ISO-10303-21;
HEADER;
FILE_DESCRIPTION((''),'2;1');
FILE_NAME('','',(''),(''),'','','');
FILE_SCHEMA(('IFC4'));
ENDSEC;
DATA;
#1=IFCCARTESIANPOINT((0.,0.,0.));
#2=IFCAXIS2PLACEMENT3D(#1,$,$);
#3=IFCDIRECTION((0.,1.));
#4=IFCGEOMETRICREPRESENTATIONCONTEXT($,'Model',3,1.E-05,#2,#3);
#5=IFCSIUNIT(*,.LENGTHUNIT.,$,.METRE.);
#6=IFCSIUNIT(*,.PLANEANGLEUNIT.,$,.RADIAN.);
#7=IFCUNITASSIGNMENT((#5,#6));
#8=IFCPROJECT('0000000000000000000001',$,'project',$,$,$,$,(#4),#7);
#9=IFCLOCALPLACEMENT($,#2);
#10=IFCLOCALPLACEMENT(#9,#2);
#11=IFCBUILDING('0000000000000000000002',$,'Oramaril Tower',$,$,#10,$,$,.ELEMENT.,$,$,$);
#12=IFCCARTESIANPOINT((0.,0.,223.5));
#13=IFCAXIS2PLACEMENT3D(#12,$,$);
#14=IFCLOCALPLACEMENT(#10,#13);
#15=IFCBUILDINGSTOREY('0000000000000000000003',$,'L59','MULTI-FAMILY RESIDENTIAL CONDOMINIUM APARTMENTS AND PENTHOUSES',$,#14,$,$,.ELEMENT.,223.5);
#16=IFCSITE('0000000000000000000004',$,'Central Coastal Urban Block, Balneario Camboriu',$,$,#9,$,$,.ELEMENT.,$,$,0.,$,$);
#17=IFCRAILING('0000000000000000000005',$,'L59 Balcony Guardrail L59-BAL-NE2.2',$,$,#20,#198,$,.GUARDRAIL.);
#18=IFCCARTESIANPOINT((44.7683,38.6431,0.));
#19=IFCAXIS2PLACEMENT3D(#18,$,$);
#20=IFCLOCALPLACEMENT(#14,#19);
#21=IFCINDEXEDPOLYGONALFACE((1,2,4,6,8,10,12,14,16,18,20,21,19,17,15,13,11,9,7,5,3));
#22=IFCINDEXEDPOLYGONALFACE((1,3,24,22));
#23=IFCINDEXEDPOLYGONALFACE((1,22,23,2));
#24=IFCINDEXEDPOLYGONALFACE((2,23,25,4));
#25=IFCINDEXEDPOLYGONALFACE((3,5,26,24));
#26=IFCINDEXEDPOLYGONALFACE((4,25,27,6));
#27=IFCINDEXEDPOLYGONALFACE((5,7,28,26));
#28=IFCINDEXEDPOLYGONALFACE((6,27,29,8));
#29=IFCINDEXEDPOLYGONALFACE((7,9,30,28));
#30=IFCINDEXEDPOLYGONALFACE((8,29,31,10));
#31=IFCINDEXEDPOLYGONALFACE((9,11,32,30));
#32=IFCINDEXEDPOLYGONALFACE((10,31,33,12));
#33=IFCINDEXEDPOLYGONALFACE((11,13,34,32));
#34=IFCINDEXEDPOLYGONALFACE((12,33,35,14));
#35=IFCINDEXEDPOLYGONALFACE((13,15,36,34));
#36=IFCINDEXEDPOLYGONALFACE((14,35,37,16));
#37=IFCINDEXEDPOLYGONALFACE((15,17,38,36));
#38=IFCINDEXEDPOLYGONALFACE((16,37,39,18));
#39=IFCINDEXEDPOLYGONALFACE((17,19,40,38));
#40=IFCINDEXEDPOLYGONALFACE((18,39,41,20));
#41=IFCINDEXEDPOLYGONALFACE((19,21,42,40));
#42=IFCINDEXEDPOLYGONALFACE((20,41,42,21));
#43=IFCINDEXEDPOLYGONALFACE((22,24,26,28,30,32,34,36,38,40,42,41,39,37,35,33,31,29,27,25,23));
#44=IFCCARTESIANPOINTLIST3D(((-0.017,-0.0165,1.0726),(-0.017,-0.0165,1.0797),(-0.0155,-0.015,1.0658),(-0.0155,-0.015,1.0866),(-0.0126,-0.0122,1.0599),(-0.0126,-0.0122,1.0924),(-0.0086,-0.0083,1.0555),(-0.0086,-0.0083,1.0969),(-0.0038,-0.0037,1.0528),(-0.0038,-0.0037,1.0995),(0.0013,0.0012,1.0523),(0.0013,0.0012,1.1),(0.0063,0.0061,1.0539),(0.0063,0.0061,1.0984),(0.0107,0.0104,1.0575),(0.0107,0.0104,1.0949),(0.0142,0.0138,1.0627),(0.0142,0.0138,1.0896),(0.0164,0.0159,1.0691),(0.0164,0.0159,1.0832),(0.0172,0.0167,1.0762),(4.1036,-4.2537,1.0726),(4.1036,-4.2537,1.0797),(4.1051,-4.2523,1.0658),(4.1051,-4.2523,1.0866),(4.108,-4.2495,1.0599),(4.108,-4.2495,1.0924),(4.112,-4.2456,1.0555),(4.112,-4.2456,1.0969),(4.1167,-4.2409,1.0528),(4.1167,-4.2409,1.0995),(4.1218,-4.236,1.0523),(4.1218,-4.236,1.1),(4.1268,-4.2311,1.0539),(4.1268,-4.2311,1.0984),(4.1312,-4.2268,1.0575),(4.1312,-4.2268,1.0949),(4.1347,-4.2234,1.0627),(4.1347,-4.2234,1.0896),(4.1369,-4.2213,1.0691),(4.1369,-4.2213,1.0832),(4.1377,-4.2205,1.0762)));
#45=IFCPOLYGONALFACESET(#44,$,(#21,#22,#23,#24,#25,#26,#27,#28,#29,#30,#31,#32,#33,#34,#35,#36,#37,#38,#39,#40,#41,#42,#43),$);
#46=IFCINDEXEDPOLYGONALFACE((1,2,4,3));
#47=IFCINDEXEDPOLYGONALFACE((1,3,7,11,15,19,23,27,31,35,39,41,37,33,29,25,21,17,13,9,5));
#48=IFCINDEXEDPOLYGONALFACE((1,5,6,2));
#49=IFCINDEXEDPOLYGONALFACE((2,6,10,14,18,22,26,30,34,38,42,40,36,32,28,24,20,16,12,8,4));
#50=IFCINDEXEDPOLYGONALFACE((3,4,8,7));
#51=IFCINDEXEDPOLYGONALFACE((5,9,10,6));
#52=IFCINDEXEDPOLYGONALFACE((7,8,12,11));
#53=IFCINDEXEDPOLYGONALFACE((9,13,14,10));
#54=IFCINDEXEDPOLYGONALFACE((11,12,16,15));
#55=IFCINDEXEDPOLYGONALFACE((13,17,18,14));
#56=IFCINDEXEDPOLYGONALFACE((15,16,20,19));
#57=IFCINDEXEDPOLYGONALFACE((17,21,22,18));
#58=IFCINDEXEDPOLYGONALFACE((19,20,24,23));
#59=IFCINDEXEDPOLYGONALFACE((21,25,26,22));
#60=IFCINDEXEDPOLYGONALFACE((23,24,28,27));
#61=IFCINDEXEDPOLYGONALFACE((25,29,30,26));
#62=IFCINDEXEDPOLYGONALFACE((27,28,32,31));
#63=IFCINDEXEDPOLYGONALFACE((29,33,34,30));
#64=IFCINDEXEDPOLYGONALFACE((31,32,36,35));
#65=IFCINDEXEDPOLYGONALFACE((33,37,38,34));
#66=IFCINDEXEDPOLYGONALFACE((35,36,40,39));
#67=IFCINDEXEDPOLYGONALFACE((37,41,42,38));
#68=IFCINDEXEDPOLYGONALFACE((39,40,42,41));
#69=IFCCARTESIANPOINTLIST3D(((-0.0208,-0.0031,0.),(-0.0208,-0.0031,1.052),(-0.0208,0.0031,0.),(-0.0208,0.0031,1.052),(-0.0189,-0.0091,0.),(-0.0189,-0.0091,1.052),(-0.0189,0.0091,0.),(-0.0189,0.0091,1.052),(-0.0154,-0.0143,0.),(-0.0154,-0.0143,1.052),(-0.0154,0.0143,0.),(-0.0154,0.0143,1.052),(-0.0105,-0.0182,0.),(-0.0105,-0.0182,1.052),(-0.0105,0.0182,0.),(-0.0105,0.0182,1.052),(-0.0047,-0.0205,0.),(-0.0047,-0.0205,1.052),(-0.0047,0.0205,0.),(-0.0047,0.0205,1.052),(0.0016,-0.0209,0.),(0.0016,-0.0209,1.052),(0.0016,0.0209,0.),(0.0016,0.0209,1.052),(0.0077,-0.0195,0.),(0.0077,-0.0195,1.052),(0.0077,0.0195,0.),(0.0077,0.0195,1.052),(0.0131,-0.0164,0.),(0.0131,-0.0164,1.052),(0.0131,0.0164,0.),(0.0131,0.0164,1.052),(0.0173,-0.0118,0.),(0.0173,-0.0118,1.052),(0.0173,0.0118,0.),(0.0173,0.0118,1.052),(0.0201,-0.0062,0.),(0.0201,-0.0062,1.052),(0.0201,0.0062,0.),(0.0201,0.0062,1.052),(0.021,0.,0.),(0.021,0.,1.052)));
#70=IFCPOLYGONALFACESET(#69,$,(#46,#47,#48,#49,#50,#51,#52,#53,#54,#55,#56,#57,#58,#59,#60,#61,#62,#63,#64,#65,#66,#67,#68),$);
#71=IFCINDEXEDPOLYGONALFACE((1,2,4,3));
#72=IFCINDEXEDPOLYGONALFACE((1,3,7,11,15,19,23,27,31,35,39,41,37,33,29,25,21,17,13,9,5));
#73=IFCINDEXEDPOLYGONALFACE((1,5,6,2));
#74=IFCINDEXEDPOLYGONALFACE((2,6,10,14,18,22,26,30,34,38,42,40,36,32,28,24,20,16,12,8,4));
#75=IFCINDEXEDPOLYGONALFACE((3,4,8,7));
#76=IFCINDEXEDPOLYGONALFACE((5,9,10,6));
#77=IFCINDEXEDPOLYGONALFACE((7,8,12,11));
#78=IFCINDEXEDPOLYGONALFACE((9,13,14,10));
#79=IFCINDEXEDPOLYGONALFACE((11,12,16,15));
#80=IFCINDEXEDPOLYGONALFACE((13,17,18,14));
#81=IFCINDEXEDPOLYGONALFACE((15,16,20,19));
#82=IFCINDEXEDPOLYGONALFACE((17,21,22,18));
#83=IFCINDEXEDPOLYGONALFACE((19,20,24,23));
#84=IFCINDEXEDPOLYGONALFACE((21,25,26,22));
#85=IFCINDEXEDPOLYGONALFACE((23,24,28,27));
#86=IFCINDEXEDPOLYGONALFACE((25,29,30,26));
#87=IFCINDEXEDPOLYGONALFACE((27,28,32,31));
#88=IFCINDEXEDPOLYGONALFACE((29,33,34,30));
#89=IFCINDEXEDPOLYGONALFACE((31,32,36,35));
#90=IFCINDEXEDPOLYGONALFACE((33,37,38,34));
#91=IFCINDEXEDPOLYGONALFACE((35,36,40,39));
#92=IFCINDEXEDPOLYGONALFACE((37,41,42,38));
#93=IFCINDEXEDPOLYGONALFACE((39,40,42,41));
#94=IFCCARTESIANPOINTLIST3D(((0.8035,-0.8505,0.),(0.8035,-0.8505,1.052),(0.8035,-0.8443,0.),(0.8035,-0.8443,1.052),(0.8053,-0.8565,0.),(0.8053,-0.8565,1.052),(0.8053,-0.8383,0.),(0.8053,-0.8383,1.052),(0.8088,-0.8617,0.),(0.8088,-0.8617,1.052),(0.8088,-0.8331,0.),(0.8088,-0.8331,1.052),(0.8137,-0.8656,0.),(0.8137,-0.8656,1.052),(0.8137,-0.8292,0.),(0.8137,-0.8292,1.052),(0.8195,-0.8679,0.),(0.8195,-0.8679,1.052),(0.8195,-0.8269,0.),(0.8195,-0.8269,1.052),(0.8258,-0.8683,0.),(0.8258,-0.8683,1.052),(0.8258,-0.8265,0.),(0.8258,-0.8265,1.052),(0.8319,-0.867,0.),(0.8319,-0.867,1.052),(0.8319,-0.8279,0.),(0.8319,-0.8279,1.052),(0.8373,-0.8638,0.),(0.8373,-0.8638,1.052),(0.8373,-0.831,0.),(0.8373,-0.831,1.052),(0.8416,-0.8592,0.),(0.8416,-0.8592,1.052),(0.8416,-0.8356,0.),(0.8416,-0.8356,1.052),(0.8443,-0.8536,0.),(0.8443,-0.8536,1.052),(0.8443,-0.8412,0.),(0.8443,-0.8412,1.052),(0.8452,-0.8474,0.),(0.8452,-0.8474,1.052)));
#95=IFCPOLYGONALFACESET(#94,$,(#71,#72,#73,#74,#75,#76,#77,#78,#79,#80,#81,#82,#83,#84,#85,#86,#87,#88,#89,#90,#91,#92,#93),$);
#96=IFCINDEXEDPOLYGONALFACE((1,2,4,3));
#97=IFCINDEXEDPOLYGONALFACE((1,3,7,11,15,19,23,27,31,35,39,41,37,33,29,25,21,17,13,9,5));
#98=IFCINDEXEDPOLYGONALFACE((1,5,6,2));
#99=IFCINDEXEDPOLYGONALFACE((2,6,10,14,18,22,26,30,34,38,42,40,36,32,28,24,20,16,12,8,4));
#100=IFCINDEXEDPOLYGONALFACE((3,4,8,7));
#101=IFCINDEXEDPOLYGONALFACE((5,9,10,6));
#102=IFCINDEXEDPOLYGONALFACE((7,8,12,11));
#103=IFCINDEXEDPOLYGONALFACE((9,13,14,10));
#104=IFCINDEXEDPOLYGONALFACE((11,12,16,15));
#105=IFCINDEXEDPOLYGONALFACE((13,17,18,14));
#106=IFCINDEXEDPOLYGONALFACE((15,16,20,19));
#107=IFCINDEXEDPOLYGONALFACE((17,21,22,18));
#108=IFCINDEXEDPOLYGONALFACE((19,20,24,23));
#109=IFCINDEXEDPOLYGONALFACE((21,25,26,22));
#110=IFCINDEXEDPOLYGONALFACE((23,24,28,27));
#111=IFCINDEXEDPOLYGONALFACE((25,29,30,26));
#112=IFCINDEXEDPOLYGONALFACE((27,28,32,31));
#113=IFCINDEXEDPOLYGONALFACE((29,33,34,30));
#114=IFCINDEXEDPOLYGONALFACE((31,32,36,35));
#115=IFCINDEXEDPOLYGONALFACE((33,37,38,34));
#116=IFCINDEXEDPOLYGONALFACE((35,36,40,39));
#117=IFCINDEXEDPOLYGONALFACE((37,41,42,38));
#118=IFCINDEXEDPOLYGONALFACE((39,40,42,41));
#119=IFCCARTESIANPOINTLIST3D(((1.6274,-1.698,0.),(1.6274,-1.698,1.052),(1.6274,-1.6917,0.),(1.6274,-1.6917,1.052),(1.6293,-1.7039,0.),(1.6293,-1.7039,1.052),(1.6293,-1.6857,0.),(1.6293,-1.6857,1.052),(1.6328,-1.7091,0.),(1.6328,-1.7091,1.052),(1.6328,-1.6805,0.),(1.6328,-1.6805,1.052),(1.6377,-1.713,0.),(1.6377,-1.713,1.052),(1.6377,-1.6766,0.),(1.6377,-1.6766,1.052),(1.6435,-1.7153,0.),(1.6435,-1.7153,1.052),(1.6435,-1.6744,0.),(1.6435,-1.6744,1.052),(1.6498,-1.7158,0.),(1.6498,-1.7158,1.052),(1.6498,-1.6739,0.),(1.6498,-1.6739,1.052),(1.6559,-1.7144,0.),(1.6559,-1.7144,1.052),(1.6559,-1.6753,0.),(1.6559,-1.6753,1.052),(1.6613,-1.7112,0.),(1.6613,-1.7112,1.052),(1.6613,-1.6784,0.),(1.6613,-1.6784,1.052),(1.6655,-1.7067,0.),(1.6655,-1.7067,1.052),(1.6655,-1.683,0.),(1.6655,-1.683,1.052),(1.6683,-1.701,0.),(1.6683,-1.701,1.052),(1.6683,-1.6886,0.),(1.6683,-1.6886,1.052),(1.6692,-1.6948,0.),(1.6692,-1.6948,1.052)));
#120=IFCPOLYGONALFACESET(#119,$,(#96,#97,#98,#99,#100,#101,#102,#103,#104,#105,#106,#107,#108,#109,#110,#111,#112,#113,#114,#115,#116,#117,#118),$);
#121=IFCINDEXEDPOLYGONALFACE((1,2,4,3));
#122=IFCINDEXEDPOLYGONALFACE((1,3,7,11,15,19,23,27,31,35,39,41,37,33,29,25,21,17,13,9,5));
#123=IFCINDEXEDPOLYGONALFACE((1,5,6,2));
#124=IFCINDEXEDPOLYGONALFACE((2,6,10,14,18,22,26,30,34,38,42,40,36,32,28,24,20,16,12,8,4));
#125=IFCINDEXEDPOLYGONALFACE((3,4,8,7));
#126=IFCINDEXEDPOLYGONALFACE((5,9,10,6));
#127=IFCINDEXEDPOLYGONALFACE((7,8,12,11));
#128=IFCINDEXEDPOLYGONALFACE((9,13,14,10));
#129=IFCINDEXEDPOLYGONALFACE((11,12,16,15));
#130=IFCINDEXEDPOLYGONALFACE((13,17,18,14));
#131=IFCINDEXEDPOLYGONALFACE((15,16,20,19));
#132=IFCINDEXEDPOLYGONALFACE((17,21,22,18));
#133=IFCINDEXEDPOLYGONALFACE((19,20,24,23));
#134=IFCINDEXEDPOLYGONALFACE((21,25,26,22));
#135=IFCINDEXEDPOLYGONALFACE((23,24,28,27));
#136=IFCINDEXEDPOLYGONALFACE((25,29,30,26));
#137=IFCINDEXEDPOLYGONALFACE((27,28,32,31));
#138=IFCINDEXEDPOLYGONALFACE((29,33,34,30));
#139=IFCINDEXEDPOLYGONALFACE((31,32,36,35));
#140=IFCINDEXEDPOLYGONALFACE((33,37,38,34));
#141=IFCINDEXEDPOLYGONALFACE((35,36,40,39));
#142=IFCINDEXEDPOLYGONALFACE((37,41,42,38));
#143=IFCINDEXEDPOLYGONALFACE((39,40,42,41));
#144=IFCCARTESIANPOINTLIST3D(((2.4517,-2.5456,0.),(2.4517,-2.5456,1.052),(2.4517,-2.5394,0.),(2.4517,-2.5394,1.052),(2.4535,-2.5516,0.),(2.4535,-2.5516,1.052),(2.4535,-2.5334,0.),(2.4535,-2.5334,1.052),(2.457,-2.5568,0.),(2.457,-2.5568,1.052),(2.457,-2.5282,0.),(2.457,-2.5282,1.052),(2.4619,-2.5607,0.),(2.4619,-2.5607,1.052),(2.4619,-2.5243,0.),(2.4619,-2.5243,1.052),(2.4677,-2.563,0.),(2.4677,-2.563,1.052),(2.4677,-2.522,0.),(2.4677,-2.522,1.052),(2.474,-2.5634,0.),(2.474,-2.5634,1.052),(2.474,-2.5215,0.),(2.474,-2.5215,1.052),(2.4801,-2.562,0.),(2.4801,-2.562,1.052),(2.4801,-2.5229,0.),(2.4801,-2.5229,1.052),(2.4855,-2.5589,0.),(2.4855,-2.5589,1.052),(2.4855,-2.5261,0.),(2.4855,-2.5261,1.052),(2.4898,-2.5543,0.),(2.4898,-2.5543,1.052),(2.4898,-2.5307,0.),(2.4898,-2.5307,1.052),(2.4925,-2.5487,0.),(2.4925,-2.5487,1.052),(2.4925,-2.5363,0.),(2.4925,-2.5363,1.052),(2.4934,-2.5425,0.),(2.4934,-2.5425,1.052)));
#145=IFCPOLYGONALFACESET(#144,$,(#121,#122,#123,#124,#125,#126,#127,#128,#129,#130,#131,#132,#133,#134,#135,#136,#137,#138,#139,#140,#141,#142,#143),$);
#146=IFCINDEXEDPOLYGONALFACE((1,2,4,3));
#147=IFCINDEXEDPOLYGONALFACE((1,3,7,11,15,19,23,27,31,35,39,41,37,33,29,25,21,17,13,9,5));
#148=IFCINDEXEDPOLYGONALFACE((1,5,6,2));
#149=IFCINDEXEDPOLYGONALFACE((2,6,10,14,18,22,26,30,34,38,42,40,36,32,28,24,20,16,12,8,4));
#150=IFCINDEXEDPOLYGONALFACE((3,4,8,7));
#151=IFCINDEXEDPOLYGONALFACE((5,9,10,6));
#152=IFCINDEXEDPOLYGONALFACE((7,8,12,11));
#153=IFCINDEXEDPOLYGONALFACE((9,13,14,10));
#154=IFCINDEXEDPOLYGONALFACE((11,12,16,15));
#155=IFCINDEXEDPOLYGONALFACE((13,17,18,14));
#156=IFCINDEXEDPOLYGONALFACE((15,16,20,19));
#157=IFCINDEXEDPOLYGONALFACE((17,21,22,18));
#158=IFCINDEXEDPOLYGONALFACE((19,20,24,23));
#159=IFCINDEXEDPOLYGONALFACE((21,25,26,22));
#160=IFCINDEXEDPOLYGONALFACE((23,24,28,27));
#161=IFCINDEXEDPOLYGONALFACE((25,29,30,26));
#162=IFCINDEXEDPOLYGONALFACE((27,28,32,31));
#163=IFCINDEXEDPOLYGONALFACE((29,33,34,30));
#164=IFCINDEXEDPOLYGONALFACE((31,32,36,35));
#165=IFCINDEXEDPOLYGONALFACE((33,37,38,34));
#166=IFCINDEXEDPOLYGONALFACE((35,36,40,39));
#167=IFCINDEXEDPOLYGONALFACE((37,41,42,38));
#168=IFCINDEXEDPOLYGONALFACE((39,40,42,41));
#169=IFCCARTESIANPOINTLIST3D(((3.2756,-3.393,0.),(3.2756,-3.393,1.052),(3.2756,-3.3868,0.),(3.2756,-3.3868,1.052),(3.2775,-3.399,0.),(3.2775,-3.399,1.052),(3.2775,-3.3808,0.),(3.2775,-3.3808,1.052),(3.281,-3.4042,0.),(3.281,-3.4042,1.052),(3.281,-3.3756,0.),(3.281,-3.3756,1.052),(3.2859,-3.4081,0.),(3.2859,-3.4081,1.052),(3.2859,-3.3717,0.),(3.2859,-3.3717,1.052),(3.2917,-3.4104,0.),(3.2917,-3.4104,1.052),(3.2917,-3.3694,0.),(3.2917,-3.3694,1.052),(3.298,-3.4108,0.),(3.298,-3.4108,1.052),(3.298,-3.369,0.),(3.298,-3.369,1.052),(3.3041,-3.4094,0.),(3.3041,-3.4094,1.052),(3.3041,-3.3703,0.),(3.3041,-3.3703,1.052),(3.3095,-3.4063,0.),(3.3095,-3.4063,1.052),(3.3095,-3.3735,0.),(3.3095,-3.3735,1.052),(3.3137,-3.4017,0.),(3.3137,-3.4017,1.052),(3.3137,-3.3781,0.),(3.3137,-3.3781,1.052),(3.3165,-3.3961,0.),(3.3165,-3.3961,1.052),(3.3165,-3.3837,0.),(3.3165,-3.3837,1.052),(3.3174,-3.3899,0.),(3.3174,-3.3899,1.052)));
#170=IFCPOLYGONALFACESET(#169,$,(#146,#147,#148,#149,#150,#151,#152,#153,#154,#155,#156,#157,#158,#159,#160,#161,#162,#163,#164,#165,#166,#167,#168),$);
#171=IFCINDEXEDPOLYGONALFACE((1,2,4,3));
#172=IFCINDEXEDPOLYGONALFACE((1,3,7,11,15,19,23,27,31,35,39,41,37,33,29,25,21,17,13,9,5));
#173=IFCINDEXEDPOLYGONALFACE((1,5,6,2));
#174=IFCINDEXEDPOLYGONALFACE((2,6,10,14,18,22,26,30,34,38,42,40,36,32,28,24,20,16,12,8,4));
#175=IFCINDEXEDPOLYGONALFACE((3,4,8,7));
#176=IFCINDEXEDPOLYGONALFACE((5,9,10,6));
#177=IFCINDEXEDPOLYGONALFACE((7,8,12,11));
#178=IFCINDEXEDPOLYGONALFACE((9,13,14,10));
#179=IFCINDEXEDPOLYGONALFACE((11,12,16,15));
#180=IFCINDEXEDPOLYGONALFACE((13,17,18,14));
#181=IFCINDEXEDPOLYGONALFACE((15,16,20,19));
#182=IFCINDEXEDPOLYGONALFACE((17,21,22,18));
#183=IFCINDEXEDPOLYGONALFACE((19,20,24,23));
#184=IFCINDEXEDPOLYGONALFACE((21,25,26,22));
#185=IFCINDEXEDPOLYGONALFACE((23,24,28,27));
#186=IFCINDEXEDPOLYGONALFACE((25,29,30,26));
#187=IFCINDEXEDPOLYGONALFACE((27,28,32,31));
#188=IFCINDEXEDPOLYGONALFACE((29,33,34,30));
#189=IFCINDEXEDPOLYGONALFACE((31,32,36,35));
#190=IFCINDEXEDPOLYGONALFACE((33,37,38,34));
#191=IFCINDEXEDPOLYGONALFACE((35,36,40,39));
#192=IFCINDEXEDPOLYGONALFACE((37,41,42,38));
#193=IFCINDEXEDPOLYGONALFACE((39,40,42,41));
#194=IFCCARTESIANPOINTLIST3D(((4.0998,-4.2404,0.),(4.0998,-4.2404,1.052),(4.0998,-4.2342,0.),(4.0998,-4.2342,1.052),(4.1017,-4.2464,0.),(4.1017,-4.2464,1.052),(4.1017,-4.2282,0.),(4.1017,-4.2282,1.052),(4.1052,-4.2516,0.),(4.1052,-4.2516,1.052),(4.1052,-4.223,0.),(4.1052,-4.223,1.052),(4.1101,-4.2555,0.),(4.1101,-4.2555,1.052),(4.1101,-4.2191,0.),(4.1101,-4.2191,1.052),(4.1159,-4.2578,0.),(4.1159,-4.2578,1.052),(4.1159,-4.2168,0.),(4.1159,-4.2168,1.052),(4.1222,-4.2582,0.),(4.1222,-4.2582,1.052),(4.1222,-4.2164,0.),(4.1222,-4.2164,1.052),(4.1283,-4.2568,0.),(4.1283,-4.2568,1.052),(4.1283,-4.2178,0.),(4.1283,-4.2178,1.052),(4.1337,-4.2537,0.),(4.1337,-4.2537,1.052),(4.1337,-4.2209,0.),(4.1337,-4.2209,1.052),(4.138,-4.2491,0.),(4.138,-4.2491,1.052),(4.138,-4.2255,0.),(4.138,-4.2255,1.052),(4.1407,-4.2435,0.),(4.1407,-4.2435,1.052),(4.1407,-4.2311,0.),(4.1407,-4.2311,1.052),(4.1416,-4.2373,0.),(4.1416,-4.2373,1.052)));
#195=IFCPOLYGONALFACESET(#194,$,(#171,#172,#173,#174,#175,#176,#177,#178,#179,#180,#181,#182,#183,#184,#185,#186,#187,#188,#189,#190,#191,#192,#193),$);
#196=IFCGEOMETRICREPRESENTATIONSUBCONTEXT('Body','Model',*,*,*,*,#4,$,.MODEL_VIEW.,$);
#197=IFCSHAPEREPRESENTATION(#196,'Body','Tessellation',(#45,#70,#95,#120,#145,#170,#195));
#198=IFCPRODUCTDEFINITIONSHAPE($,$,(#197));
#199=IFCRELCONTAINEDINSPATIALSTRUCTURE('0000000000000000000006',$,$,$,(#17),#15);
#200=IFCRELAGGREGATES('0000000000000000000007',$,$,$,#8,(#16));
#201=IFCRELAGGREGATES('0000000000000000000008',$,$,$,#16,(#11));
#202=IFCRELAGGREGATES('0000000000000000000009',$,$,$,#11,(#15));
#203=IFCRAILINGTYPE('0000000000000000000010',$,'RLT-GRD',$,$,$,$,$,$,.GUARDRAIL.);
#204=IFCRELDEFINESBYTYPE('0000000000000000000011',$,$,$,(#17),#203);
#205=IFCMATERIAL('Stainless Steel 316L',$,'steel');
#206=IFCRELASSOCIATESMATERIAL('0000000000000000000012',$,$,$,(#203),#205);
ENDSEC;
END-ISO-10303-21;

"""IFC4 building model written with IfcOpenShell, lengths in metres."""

from ifc_helpers import new_model, si_unit, direction, frame, origin, origin_2d, place, context, subcontext, project, spatial, circle, extrude, material, type_object, element, save


model = new_model("IFC4")

# Units and contexts
model_context = context("Model", 3, precision=1e-05, world=origin(), true_north=direction((0.0, 1.0)))
body_context = subcontext(model_context, "Body", "Model", "MODEL_VIEW")
ifc_project = project(units=[si_unit("LENGTHUNIT", "METRE"), si_unit("PLANEANGLEUNIT", "RADIAN")], contexts=[model_context])

# Site, building, storey
site_placement = place(None, origin())
site = spatial("IfcSite", under=ifc_project, at=site_placement, Name="Central Coastal Urban Block, Balneario Camboriu", CompositionType="ELEMENT", RefElevation=0.0)
building_placement = place(site_placement, origin())
building = spatial("IfcBuilding", under=site, at=building_placement, Name="Oramaril Tower", CompositionType="ELEMENT")
storey_placement = place(building_placement, frame((0.0, 0.0, 223.5)))
storey = spatial("IfcBuildingStorey", under=building, at=storey_placement, Name="L59", Description="MULTI-FAMILY RESIDENTIAL CONDOMINIUM APARTMENTS AND PENTHOUSES", CompositionType="ELEMENT", Elevation=223.5)

# Railing
ifc_material_1 = material(Name="Stainless Steel 316L", Category="steel")
railing_type = type_object("IfcRailingType", Name="RLT-GRD", PredefinedType="GUARDRAIL", material=ifc_material_1)
railing_1_placement = place(storey_placement, frame((44.7683, 38.6431, 0.0)))
element("IfcRailing", 1, at=railing_1_placement, inside=storey, type_object=railing_type, Name="L59 Balcony Guardrail L59-BAL-NE2.2", PredefinedType="GUARDRAIL", context=body_context, shape_type="SweptSolid", body=[
    extrude(circle(Radius=0.0239, at=origin_2d()), frame((0.0, 0.0, 1.0762), z_axis=(0.697166, -0.71691, 0.0), x_axis=(0.71691, 0.697166, 0.0)), (0.0, 0.0, 1.0), 5.9104),
    extrude(circle(Radius=0.021, at=origin_2d()), origin(), (0.0, 0.0, 1.0), 1.052),
    extrude(circle(Radius=0.021, at=origin_2d()), frame((0.8242, -0.8474, 0.0)), (0.0, 0.0, 1.0), 1.052),
    extrude(circle(Radius=0.021, at=origin_2d()), frame((1.6482, -1.6948, 0.0)), (0.0, 0.0, 1.0), 1.052),
    extrude(circle(Radius=0.021, at=origin_2d()), frame((2.4724, -2.5425, 0.0)), (0.0, 0.0, 1.0), 1.052),
    extrude(circle(Radius=0.021, at=origin_2d()), frame((3.2964, -3.3899, 0.0)), (0.0, 0.0, 1.0), 1.052),
    extrude(circle(Radius=0.021, at=origin_2d()), frame((4.1206, -4.2373, 0.0)), (0.0, 0.0, 1.0), 1.052),
])

save(model, "model.ifc")
